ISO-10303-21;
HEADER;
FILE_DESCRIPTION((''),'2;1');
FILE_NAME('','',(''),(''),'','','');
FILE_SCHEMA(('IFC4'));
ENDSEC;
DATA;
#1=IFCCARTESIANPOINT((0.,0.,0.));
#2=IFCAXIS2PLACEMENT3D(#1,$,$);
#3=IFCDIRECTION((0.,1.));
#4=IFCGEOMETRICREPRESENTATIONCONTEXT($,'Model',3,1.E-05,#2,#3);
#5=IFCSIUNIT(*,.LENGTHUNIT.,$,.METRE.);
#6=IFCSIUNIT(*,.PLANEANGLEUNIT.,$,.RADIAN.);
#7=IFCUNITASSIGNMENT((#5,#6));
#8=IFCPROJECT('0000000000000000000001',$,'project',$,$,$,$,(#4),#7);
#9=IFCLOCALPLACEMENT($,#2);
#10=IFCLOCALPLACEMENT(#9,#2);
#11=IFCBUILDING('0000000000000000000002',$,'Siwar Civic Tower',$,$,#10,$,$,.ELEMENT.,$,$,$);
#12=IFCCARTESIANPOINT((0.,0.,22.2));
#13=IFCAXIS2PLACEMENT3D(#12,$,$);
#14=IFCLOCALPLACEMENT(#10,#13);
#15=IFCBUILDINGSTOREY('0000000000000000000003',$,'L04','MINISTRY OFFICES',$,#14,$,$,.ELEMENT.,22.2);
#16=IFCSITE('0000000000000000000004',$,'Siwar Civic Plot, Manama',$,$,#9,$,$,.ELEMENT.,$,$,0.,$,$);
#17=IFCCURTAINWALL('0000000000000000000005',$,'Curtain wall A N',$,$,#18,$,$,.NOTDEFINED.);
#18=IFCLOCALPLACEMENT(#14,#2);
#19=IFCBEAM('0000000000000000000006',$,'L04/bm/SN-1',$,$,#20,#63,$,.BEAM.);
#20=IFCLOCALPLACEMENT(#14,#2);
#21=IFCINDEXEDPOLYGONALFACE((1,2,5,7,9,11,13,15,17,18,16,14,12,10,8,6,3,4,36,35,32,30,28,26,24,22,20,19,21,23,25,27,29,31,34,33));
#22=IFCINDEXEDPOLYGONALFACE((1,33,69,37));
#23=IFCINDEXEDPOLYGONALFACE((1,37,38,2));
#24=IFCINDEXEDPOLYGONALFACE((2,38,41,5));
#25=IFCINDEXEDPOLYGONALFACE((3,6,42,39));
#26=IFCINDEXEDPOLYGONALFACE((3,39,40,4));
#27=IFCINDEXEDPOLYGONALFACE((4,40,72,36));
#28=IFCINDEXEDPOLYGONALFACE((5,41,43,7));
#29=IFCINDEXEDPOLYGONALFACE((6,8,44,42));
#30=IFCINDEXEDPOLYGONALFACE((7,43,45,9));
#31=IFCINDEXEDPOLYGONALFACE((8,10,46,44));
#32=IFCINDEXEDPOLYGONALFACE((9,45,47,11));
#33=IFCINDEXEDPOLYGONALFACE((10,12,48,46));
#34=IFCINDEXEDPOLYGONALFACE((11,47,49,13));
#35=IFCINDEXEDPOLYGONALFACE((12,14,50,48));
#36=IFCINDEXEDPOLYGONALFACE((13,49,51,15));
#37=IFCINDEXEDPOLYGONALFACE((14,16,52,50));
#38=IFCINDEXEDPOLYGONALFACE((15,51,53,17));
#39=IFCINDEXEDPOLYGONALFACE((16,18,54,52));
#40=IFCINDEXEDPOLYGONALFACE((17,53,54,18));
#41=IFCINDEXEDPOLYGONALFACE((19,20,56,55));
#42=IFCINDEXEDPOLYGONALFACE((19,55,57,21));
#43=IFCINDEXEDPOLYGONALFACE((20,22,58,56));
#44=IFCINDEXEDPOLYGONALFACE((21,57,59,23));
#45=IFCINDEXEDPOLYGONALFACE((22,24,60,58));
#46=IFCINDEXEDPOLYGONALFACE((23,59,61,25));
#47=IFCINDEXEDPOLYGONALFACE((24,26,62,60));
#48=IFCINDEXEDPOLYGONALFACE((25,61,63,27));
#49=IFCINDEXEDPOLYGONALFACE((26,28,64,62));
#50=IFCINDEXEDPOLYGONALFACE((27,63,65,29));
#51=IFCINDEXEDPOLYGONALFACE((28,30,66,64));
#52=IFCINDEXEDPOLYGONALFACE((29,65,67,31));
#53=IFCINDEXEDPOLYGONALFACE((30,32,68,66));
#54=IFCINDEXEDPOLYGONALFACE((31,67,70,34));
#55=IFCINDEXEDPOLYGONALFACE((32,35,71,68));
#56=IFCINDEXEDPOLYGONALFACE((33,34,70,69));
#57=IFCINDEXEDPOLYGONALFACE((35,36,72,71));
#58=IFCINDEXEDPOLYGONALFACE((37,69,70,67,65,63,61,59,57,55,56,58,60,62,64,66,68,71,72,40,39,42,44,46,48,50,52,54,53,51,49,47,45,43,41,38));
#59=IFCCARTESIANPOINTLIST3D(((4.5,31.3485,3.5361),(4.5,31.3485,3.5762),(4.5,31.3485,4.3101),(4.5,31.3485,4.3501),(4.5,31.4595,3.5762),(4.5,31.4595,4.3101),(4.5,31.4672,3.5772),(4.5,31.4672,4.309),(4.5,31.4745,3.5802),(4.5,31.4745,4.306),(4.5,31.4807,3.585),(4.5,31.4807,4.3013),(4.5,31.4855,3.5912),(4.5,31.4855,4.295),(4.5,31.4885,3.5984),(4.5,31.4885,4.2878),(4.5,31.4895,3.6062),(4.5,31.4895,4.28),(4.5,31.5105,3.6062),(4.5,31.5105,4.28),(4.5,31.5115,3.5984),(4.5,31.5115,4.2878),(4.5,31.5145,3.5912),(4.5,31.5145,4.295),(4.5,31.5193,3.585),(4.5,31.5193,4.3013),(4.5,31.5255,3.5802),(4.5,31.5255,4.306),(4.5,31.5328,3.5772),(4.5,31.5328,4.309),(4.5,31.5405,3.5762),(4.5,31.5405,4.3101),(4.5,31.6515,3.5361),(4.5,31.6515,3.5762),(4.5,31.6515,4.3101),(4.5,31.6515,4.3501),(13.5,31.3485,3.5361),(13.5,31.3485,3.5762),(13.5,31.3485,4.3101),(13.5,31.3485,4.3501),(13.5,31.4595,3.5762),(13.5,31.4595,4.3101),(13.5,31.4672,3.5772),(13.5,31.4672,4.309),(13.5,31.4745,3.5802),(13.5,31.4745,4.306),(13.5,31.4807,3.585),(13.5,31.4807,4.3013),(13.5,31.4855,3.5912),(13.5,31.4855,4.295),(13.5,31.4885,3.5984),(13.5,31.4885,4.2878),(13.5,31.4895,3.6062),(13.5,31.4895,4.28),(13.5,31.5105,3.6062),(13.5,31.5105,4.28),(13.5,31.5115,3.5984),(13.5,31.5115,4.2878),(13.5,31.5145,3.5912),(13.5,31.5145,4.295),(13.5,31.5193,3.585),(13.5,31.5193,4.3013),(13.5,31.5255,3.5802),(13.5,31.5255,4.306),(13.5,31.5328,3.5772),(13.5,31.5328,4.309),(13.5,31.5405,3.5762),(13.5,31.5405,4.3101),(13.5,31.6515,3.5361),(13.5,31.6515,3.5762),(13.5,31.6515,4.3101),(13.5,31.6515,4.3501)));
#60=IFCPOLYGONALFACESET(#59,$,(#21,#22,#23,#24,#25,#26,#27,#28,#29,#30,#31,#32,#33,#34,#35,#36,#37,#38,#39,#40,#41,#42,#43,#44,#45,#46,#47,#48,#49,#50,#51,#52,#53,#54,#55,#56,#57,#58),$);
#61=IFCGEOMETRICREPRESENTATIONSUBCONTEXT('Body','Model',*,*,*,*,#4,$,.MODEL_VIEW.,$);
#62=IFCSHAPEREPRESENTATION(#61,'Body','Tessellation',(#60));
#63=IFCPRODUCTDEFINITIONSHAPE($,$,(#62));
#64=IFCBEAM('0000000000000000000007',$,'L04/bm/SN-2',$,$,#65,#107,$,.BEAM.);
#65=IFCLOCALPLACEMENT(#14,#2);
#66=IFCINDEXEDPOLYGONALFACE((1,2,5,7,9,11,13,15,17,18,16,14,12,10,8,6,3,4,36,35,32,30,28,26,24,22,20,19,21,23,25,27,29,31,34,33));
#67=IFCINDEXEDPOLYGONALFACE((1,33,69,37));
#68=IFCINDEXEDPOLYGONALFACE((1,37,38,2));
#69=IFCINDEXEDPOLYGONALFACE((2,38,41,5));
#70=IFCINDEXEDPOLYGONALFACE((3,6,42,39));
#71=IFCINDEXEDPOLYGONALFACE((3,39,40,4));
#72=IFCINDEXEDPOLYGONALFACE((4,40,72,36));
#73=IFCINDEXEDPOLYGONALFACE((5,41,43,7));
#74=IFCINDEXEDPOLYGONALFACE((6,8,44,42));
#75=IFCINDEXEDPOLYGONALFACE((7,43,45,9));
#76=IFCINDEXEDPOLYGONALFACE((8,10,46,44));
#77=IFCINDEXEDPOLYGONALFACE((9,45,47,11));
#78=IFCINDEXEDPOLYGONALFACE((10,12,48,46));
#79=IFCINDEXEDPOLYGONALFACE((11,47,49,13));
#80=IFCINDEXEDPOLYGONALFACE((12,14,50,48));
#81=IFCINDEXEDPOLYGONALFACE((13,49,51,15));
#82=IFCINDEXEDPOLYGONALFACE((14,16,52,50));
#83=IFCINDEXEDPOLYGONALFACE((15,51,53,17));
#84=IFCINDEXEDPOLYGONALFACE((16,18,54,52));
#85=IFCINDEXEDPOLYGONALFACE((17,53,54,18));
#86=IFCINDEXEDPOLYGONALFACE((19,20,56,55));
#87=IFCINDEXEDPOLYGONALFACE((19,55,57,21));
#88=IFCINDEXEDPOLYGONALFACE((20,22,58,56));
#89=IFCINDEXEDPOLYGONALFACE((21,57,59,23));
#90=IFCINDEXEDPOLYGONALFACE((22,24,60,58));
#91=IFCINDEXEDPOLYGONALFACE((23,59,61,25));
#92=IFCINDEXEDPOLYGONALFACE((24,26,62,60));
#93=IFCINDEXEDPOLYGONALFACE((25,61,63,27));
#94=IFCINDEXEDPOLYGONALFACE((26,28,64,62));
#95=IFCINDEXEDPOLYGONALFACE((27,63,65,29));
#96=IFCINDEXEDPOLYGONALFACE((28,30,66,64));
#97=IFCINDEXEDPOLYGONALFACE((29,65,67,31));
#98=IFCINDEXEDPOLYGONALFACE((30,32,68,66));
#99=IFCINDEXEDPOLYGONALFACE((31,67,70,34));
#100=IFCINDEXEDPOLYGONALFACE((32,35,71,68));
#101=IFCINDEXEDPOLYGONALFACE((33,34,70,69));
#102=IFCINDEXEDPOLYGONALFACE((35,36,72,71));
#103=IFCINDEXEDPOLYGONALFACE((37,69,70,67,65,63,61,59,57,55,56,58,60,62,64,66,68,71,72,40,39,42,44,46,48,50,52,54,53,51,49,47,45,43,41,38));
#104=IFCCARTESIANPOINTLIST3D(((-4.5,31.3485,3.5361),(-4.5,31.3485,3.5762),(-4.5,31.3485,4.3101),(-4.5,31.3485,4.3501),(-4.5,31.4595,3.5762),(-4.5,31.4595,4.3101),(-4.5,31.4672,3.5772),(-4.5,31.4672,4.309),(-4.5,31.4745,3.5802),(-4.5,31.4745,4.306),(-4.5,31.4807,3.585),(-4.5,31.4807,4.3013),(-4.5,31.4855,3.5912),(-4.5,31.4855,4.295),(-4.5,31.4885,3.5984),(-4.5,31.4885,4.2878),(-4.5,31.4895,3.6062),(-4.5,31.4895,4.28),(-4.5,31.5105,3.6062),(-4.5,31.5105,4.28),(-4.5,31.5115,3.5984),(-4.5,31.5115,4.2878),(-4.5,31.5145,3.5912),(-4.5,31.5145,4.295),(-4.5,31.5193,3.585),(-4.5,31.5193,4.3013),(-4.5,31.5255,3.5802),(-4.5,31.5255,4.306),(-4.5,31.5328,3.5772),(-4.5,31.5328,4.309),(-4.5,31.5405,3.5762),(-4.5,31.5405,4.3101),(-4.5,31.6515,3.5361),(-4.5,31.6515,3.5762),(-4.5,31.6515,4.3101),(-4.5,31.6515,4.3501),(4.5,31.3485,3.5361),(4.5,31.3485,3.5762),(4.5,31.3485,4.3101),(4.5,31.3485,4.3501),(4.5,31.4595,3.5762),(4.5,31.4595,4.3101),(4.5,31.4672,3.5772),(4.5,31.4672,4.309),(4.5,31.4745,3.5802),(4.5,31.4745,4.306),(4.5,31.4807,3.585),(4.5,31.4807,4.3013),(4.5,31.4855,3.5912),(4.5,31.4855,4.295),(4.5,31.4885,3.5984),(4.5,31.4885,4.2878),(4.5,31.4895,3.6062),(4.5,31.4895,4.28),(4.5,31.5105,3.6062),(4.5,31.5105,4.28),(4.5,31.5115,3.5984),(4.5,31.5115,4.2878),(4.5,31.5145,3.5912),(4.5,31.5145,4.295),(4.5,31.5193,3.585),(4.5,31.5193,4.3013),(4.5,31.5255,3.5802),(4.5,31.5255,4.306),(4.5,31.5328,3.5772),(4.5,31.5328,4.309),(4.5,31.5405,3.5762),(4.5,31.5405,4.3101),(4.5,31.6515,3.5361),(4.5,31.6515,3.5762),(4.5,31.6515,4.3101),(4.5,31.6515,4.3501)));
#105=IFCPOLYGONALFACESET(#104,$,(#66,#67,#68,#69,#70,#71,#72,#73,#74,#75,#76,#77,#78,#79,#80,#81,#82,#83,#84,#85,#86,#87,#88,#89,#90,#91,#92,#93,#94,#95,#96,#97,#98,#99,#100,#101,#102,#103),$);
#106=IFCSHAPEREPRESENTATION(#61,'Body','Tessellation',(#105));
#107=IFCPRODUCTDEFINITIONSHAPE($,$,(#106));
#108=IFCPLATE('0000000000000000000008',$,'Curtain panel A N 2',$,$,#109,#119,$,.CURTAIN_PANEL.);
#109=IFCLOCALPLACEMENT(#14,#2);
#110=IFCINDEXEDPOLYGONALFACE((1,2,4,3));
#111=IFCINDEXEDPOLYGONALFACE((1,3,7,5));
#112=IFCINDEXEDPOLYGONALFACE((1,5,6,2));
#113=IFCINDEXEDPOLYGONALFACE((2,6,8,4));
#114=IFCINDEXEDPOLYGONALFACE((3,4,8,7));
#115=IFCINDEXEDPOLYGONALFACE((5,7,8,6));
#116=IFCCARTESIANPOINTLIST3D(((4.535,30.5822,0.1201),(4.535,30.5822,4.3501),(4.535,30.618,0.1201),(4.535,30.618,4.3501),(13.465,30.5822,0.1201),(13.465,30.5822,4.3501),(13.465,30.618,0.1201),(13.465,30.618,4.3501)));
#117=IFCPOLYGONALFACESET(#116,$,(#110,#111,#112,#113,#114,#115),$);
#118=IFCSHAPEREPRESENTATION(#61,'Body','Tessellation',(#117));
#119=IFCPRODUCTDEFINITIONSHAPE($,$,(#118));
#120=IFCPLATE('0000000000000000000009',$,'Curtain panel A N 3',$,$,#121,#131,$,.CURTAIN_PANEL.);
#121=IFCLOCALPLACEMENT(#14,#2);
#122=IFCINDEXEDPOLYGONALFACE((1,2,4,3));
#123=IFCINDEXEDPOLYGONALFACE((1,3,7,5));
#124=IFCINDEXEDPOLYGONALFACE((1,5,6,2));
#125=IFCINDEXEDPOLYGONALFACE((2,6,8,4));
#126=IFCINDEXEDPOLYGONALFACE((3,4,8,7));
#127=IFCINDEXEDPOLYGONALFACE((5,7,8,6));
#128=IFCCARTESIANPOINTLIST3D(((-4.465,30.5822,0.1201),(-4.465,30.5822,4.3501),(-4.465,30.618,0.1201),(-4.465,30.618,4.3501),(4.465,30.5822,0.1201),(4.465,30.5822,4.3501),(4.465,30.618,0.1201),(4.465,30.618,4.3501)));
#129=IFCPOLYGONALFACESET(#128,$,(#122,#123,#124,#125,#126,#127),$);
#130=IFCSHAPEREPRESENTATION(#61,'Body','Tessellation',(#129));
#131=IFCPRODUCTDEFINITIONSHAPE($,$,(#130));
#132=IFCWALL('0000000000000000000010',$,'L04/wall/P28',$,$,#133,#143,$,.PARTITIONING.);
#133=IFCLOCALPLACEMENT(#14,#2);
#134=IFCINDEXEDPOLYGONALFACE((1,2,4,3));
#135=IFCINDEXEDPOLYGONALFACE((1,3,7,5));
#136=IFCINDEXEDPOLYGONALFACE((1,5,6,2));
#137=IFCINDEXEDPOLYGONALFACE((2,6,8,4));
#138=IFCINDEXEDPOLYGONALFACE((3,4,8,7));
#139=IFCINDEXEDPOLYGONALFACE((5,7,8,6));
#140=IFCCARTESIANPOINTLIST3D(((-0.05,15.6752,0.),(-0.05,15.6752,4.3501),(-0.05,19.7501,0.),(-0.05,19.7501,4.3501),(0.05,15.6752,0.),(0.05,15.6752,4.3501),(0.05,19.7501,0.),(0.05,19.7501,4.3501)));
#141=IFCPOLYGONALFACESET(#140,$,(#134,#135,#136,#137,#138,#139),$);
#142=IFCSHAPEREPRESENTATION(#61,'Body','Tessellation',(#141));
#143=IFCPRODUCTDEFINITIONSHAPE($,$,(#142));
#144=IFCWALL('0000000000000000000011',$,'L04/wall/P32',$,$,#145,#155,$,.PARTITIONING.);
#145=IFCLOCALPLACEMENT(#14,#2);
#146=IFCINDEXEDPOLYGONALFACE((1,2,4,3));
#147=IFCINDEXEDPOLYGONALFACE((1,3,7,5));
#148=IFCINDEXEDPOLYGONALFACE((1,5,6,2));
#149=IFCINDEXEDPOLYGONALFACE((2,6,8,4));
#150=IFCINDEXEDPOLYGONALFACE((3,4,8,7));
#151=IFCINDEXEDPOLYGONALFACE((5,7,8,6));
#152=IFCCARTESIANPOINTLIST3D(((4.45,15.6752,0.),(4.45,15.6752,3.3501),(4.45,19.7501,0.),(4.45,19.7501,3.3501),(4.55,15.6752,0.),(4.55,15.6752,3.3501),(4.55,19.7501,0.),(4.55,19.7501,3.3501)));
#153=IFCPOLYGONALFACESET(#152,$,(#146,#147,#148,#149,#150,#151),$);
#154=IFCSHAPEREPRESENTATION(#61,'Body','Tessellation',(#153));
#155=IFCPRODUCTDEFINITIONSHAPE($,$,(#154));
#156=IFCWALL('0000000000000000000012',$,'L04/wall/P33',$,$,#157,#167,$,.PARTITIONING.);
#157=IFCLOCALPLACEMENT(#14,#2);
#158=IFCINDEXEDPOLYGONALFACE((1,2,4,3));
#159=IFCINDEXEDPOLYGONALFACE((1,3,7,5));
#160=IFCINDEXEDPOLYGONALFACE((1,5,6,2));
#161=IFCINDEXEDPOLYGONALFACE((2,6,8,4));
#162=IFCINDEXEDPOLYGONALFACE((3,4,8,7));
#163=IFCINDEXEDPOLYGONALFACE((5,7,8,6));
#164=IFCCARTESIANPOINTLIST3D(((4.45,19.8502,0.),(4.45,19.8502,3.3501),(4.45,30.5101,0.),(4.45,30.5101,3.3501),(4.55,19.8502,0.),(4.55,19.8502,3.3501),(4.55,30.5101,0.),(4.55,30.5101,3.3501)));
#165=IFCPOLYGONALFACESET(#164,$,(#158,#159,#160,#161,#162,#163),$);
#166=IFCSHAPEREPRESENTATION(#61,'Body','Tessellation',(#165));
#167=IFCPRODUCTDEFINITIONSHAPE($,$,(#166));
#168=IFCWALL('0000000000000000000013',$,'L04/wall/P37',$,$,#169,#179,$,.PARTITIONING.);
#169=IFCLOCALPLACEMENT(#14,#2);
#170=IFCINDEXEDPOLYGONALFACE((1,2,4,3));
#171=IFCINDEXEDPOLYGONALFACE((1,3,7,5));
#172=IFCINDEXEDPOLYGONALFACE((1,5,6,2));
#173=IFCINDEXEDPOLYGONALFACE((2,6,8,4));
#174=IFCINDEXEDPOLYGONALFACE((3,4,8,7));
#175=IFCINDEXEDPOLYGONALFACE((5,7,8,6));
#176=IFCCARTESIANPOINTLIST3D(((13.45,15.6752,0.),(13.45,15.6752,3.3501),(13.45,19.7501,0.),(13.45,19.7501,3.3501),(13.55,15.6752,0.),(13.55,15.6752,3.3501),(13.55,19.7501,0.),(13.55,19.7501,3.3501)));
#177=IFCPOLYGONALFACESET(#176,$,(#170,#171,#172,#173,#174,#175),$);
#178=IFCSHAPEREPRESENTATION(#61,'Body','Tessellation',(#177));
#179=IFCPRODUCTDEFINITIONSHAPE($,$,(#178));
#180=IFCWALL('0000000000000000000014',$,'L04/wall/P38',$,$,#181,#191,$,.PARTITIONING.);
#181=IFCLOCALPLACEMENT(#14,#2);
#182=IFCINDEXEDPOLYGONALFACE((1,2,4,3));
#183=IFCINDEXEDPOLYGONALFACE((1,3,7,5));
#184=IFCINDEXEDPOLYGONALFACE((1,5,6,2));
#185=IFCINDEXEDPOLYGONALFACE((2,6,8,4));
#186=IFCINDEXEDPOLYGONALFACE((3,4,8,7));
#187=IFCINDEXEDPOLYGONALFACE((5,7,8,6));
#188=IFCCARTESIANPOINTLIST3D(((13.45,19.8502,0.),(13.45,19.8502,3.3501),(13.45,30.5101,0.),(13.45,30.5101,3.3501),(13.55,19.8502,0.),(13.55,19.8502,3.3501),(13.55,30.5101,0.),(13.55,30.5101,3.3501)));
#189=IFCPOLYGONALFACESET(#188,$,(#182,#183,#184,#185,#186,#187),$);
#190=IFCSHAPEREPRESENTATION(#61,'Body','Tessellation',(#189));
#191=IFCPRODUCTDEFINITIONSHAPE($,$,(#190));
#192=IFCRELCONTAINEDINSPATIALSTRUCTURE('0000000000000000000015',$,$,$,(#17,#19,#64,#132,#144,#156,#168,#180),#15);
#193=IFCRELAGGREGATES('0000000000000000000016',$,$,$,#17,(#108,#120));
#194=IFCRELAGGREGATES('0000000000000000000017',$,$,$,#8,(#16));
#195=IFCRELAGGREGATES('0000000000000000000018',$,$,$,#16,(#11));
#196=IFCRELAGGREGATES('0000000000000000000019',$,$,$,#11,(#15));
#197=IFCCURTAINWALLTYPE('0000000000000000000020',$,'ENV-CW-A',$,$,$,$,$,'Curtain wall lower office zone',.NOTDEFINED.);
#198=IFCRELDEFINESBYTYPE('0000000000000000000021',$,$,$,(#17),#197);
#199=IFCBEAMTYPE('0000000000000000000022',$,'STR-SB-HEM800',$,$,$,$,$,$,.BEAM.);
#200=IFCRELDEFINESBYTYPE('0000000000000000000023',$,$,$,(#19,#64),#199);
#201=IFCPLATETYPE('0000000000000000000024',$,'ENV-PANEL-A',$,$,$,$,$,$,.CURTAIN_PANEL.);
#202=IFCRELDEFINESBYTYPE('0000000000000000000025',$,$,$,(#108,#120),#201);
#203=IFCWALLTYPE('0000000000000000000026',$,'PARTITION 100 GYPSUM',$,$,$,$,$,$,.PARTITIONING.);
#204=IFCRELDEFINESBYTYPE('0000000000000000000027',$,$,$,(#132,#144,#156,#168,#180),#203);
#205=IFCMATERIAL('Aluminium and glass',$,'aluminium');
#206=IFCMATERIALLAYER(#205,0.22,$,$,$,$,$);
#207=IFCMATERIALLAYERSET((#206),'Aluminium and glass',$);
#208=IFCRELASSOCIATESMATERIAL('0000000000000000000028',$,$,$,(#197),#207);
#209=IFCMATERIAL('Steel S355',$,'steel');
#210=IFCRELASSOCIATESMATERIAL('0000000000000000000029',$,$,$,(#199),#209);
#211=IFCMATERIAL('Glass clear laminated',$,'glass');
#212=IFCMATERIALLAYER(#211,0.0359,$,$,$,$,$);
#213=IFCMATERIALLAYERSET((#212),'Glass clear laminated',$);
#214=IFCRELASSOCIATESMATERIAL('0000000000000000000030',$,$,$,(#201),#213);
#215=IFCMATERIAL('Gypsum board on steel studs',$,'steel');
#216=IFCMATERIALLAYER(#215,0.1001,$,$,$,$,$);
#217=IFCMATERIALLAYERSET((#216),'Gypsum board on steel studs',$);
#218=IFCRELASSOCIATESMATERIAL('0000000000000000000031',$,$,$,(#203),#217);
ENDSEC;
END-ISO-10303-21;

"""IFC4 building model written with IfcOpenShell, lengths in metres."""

from ifc_helpers import new_model, si_unit, direction, frame, frame_2d, origin, origin_2d, place, context, subcontext, project, spatial, rectangle, i_section, extrude, material, layer, layer_set, material_profile, profile_set, type_object, element, aggregate, save


model = new_model("IFC4")

# Units and contexts
model_context = context("Model", 3, precision=1e-05, world=origin(), true_north=direction((0.0, 1.0)))
body_context = subcontext(model_context, "Body", "Model", "MODEL_VIEW")
ifc_project = project(units=[si_unit("LENGTHUNIT", "METRE"), si_unit("PLANEANGLEUNIT", "RADIAN")], contexts=[model_context])

# Site, building, storey
site_placement = place(None, origin())
site = spatial("IfcSite", under=ifc_project, at=site_placement, Name="Siwar Civic Plot, Manama", CompositionType="ELEMENT", RefElevation=0.0)
building_placement = place(site_placement, origin())
building = spatial("IfcBuilding", under=site, at=building_placement, Name="Siwar Civic Tower", CompositionType="ELEMENT")
storey_placement = place(building_placement, frame((0.0, 0.0, 22.2)))
storey = spatial("IfcBuildingStorey", under=building, at=storey_placement, Name="L04", Description="MINISTRY OFFICES", CompositionType="ELEMENT", Elevation=22.2)

# Curtain wall
ifc_material_1 = material(Name="Aluminium and glass", Category="aluminium")
ifc_layer_1 = layer(ifc_material_1, 0.22)
ifc_layer_set_1 = layer_set([ifc_layer_1], Name="Aluminium and glass")
curtain_wall_type = type_object("IfcCurtainWallType", Name="ENV-CW-A", ElementType="Curtain wall lower office zone", PredefinedType="NOTDEFINED", material=ifc_layer_set_1)
curtain_wall_placement = place(storey_placement, origin())
curtain_wall = element("IfcCurtainWall", 1, at=curtain_wall_placement, inside=storey, type_object=curtain_wall_type, Name="Curtain wall A N", PredefinedType="NOTDEFINED")

# Beams
ifc_material_2 = material(Name="Steel S355", Category="steel")
ifc_material_profile_1 = material_profile(ifc_material_2, i_section(OverallWidth=0.303, OverallDepth=0.814, WebThickness=0.021, FlangeThickness=0.04, FilletRadius=0.03, at=origin_2d()), Name="HEM800")
ifc_profile_set_1 = profile_set([ifc_material_profile_1], Name="Steel S355")
beam_type_1 = type_object("IfcBeamType", Name="STR-SB-HEM800", PredefinedType="BEAM", material=ifc_profile_set_1)
for number, where, z_axis, x_axis, name in (
    (2, (13.5, 31.5, 3.9431), (-1.0, 0.0, 0.0), (0.0, -1.0, 0.0), "L04/bm/SN-1"),
    (3, (4.5, 31.5, 3.9431), (-1.0, 0.0, 0.0), (0.0, -1.0, 0.0), "L04/bm/SN-2"),
):
    element("IfcBeam", number, at=place(storey_placement, frame(where, z_axis=z_axis, x_axis=x_axis)), inside=storey, type_object=beam_type_1, Name=name, PredefinedType="BEAM", context=body_context, shape_type="SweptSolid", body=[
        extrude(i_section(OverallWidth=0.303, OverallDepth=0.814, WebThickness=0.021, FlangeThickness=0.04, FilletRadius=0.03, at=origin_2d()), origin(), (0.0, 0.0, 1.0), 9.0),
    ])

# Plates
ifc_material_3 = material(Name="Glass clear laminated", Category="glass")
ifc_layer_2 = layer(ifc_material_3, 0.0359)
ifc_layer_set_2 = layer_set([ifc_layer_2], Name="Glass clear laminated")
plate_type = type_object("IfcPlateType", Name="ENV-PANEL-A", PredefinedType="CURTAIN_PANEL", material=ifc_layer_set_2)
plate_1_placement = place(storey_placement, frame((9.0, 30.6001, 0.1201), z_axis=(0.0, 0.0, 1.0), x_axis=(-1.0, 0.0, 0.0)))
plate_1 = element("IfcPlate", 4, at=plate_1_placement, type_object=plate_type, Name="Curtain panel A N 2", PredefinedType="CURTAIN_PANEL", context=body_context, shape_type="SweptSolid", body=[
    extrude(rectangle(XDim=8.9299, YDim=0.0359, at=origin_2d()), origin(), (0.0, 0.0, 1.0), 4.23),
])
plate_2_placement = place(storey_placement, frame((0.0, 30.6001, 0.1201), z_axis=(0.0, 0.0, 1.0), x_axis=(-1.0, 0.0, 0.0)))
plate_2 = element("IfcPlate", 5, at=plate_2_placement, type_object=plate_type, Name="Curtain panel A N 3", PredefinedType="CURTAIN_PANEL", context=body_context, shape_type="SweptSolid", body=[
    extrude(rectangle(XDim=8.9299, YDim=0.0359, at=origin_2d()), origin(), (0.0, 0.0, 1.0), 4.23),
])
aggregate(curtain_wall, [plate_1, plate_2])

# Walls
ifc_material_4 = material(Name="Gypsum board on steel studs", Category="steel")
ifc_layer_3 = layer(ifc_material_4, 0.1001)
ifc_layer_set_3 = layer_set([ifc_layer_3], Name="Gypsum board on steel studs")
wall_type = type_object("IfcWallType", Name="PARTITION 100 GYPSUM", PredefinedType="PARTITIONING", material=ifc_layer_set_3)
wall_1_placement = place(storey_placement, frame((0.0, 15.675, 0.0), z_axis=(0.0, 0.0, 1.0), x_axis=(0.0, 1.0, 0.0)))
element("IfcWall", 6, at=wall_1_placement, inside=storey, type_object=wall_type, Name="L04/wall/P28", PredefinedType="PARTITIONING", context=body_context, shape_type="SweptSolid", body=[
    extrude(rectangle(XDim=4.075, YDim=0.1001, at=frame_2d((2.0376, 0.0))), origin(), (0.0, 0.0, 1.0), 4.3501),
])
wall_2_placement = place(storey_placement, frame((4.5, 15.675, 0.0), z_axis=(0.0, 0.0, 1.0), x_axis=(0.0, 1.0, 0.0)))
element("IfcWall", 7, at=wall_2_placement, inside=storey, type_object=wall_type, Name="L04/wall/P32", PredefinedType="PARTITIONING", context=body_context, shape_type="SweptSolid", body=[
    extrude(rectangle(XDim=4.075, YDim=0.1001, at=frame_2d((2.0376, 0.0))), origin(), (0.0, 0.0, 1.0), 3.3501),
])
wall_3_placement = place(storey_placement, frame((4.5, 19.8501, 0.0), z_axis=(0.0, 0.0, 1.0), x_axis=(0.0, 1.0, 0.0)))
element("IfcWall", 8, at=wall_3_placement, inside=storey, type_object=wall_type, Name="L04/wall/P33", PredefinedType="PARTITIONING", context=body_context, shape_type="SweptSolid", body=[
    extrude(rectangle(XDim=10.6599, YDim=0.1001, at=frame_2d((5.3301, 0.0))), origin(), (0.0, 0.0, 1.0), 3.3501),
])
wall_4_placement = place(storey_placement, frame((13.5, 15.675, 0.0), z_axis=(0.0, 0.0, 1.0), x_axis=(0.0, 1.0, 0.0)))
element("IfcWall", 9, at=wall_4_placement, inside=storey, type_object=wall_type, Name="L04/wall/P37", PredefinedType="PARTITIONING", context=body_context, shape_type="SweptSolid", body=[
    extrude(rectangle(XDim=4.075, YDim=0.1001, at=frame_2d((2.0376, 0.0))), origin(), (0.0, 0.0, 1.0), 3.3501),
])
wall_5_placement = place(storey_placement, frame((13.5, 19.8501, 0.0), z_axis=(0.0, 0.0, 1.0), x_axis=(0.0, 1.0, 0.0)))
element("IfcWall", 10, at=wall_5_placement, inside=storey, type_object=wall_type, Name="L04/wall/P38", PredefinedType="PARTITIONING", context=body_context, shape_type="SweptSolid", body=[
    extrude(rectangle(XDim=10.6599, YDim=0.1001, at=frame_2d((5.3301, 0.0))), origin(), (0.0, 0.0, 1.0), 3.3501),
])

save(model, "model.ifc")
